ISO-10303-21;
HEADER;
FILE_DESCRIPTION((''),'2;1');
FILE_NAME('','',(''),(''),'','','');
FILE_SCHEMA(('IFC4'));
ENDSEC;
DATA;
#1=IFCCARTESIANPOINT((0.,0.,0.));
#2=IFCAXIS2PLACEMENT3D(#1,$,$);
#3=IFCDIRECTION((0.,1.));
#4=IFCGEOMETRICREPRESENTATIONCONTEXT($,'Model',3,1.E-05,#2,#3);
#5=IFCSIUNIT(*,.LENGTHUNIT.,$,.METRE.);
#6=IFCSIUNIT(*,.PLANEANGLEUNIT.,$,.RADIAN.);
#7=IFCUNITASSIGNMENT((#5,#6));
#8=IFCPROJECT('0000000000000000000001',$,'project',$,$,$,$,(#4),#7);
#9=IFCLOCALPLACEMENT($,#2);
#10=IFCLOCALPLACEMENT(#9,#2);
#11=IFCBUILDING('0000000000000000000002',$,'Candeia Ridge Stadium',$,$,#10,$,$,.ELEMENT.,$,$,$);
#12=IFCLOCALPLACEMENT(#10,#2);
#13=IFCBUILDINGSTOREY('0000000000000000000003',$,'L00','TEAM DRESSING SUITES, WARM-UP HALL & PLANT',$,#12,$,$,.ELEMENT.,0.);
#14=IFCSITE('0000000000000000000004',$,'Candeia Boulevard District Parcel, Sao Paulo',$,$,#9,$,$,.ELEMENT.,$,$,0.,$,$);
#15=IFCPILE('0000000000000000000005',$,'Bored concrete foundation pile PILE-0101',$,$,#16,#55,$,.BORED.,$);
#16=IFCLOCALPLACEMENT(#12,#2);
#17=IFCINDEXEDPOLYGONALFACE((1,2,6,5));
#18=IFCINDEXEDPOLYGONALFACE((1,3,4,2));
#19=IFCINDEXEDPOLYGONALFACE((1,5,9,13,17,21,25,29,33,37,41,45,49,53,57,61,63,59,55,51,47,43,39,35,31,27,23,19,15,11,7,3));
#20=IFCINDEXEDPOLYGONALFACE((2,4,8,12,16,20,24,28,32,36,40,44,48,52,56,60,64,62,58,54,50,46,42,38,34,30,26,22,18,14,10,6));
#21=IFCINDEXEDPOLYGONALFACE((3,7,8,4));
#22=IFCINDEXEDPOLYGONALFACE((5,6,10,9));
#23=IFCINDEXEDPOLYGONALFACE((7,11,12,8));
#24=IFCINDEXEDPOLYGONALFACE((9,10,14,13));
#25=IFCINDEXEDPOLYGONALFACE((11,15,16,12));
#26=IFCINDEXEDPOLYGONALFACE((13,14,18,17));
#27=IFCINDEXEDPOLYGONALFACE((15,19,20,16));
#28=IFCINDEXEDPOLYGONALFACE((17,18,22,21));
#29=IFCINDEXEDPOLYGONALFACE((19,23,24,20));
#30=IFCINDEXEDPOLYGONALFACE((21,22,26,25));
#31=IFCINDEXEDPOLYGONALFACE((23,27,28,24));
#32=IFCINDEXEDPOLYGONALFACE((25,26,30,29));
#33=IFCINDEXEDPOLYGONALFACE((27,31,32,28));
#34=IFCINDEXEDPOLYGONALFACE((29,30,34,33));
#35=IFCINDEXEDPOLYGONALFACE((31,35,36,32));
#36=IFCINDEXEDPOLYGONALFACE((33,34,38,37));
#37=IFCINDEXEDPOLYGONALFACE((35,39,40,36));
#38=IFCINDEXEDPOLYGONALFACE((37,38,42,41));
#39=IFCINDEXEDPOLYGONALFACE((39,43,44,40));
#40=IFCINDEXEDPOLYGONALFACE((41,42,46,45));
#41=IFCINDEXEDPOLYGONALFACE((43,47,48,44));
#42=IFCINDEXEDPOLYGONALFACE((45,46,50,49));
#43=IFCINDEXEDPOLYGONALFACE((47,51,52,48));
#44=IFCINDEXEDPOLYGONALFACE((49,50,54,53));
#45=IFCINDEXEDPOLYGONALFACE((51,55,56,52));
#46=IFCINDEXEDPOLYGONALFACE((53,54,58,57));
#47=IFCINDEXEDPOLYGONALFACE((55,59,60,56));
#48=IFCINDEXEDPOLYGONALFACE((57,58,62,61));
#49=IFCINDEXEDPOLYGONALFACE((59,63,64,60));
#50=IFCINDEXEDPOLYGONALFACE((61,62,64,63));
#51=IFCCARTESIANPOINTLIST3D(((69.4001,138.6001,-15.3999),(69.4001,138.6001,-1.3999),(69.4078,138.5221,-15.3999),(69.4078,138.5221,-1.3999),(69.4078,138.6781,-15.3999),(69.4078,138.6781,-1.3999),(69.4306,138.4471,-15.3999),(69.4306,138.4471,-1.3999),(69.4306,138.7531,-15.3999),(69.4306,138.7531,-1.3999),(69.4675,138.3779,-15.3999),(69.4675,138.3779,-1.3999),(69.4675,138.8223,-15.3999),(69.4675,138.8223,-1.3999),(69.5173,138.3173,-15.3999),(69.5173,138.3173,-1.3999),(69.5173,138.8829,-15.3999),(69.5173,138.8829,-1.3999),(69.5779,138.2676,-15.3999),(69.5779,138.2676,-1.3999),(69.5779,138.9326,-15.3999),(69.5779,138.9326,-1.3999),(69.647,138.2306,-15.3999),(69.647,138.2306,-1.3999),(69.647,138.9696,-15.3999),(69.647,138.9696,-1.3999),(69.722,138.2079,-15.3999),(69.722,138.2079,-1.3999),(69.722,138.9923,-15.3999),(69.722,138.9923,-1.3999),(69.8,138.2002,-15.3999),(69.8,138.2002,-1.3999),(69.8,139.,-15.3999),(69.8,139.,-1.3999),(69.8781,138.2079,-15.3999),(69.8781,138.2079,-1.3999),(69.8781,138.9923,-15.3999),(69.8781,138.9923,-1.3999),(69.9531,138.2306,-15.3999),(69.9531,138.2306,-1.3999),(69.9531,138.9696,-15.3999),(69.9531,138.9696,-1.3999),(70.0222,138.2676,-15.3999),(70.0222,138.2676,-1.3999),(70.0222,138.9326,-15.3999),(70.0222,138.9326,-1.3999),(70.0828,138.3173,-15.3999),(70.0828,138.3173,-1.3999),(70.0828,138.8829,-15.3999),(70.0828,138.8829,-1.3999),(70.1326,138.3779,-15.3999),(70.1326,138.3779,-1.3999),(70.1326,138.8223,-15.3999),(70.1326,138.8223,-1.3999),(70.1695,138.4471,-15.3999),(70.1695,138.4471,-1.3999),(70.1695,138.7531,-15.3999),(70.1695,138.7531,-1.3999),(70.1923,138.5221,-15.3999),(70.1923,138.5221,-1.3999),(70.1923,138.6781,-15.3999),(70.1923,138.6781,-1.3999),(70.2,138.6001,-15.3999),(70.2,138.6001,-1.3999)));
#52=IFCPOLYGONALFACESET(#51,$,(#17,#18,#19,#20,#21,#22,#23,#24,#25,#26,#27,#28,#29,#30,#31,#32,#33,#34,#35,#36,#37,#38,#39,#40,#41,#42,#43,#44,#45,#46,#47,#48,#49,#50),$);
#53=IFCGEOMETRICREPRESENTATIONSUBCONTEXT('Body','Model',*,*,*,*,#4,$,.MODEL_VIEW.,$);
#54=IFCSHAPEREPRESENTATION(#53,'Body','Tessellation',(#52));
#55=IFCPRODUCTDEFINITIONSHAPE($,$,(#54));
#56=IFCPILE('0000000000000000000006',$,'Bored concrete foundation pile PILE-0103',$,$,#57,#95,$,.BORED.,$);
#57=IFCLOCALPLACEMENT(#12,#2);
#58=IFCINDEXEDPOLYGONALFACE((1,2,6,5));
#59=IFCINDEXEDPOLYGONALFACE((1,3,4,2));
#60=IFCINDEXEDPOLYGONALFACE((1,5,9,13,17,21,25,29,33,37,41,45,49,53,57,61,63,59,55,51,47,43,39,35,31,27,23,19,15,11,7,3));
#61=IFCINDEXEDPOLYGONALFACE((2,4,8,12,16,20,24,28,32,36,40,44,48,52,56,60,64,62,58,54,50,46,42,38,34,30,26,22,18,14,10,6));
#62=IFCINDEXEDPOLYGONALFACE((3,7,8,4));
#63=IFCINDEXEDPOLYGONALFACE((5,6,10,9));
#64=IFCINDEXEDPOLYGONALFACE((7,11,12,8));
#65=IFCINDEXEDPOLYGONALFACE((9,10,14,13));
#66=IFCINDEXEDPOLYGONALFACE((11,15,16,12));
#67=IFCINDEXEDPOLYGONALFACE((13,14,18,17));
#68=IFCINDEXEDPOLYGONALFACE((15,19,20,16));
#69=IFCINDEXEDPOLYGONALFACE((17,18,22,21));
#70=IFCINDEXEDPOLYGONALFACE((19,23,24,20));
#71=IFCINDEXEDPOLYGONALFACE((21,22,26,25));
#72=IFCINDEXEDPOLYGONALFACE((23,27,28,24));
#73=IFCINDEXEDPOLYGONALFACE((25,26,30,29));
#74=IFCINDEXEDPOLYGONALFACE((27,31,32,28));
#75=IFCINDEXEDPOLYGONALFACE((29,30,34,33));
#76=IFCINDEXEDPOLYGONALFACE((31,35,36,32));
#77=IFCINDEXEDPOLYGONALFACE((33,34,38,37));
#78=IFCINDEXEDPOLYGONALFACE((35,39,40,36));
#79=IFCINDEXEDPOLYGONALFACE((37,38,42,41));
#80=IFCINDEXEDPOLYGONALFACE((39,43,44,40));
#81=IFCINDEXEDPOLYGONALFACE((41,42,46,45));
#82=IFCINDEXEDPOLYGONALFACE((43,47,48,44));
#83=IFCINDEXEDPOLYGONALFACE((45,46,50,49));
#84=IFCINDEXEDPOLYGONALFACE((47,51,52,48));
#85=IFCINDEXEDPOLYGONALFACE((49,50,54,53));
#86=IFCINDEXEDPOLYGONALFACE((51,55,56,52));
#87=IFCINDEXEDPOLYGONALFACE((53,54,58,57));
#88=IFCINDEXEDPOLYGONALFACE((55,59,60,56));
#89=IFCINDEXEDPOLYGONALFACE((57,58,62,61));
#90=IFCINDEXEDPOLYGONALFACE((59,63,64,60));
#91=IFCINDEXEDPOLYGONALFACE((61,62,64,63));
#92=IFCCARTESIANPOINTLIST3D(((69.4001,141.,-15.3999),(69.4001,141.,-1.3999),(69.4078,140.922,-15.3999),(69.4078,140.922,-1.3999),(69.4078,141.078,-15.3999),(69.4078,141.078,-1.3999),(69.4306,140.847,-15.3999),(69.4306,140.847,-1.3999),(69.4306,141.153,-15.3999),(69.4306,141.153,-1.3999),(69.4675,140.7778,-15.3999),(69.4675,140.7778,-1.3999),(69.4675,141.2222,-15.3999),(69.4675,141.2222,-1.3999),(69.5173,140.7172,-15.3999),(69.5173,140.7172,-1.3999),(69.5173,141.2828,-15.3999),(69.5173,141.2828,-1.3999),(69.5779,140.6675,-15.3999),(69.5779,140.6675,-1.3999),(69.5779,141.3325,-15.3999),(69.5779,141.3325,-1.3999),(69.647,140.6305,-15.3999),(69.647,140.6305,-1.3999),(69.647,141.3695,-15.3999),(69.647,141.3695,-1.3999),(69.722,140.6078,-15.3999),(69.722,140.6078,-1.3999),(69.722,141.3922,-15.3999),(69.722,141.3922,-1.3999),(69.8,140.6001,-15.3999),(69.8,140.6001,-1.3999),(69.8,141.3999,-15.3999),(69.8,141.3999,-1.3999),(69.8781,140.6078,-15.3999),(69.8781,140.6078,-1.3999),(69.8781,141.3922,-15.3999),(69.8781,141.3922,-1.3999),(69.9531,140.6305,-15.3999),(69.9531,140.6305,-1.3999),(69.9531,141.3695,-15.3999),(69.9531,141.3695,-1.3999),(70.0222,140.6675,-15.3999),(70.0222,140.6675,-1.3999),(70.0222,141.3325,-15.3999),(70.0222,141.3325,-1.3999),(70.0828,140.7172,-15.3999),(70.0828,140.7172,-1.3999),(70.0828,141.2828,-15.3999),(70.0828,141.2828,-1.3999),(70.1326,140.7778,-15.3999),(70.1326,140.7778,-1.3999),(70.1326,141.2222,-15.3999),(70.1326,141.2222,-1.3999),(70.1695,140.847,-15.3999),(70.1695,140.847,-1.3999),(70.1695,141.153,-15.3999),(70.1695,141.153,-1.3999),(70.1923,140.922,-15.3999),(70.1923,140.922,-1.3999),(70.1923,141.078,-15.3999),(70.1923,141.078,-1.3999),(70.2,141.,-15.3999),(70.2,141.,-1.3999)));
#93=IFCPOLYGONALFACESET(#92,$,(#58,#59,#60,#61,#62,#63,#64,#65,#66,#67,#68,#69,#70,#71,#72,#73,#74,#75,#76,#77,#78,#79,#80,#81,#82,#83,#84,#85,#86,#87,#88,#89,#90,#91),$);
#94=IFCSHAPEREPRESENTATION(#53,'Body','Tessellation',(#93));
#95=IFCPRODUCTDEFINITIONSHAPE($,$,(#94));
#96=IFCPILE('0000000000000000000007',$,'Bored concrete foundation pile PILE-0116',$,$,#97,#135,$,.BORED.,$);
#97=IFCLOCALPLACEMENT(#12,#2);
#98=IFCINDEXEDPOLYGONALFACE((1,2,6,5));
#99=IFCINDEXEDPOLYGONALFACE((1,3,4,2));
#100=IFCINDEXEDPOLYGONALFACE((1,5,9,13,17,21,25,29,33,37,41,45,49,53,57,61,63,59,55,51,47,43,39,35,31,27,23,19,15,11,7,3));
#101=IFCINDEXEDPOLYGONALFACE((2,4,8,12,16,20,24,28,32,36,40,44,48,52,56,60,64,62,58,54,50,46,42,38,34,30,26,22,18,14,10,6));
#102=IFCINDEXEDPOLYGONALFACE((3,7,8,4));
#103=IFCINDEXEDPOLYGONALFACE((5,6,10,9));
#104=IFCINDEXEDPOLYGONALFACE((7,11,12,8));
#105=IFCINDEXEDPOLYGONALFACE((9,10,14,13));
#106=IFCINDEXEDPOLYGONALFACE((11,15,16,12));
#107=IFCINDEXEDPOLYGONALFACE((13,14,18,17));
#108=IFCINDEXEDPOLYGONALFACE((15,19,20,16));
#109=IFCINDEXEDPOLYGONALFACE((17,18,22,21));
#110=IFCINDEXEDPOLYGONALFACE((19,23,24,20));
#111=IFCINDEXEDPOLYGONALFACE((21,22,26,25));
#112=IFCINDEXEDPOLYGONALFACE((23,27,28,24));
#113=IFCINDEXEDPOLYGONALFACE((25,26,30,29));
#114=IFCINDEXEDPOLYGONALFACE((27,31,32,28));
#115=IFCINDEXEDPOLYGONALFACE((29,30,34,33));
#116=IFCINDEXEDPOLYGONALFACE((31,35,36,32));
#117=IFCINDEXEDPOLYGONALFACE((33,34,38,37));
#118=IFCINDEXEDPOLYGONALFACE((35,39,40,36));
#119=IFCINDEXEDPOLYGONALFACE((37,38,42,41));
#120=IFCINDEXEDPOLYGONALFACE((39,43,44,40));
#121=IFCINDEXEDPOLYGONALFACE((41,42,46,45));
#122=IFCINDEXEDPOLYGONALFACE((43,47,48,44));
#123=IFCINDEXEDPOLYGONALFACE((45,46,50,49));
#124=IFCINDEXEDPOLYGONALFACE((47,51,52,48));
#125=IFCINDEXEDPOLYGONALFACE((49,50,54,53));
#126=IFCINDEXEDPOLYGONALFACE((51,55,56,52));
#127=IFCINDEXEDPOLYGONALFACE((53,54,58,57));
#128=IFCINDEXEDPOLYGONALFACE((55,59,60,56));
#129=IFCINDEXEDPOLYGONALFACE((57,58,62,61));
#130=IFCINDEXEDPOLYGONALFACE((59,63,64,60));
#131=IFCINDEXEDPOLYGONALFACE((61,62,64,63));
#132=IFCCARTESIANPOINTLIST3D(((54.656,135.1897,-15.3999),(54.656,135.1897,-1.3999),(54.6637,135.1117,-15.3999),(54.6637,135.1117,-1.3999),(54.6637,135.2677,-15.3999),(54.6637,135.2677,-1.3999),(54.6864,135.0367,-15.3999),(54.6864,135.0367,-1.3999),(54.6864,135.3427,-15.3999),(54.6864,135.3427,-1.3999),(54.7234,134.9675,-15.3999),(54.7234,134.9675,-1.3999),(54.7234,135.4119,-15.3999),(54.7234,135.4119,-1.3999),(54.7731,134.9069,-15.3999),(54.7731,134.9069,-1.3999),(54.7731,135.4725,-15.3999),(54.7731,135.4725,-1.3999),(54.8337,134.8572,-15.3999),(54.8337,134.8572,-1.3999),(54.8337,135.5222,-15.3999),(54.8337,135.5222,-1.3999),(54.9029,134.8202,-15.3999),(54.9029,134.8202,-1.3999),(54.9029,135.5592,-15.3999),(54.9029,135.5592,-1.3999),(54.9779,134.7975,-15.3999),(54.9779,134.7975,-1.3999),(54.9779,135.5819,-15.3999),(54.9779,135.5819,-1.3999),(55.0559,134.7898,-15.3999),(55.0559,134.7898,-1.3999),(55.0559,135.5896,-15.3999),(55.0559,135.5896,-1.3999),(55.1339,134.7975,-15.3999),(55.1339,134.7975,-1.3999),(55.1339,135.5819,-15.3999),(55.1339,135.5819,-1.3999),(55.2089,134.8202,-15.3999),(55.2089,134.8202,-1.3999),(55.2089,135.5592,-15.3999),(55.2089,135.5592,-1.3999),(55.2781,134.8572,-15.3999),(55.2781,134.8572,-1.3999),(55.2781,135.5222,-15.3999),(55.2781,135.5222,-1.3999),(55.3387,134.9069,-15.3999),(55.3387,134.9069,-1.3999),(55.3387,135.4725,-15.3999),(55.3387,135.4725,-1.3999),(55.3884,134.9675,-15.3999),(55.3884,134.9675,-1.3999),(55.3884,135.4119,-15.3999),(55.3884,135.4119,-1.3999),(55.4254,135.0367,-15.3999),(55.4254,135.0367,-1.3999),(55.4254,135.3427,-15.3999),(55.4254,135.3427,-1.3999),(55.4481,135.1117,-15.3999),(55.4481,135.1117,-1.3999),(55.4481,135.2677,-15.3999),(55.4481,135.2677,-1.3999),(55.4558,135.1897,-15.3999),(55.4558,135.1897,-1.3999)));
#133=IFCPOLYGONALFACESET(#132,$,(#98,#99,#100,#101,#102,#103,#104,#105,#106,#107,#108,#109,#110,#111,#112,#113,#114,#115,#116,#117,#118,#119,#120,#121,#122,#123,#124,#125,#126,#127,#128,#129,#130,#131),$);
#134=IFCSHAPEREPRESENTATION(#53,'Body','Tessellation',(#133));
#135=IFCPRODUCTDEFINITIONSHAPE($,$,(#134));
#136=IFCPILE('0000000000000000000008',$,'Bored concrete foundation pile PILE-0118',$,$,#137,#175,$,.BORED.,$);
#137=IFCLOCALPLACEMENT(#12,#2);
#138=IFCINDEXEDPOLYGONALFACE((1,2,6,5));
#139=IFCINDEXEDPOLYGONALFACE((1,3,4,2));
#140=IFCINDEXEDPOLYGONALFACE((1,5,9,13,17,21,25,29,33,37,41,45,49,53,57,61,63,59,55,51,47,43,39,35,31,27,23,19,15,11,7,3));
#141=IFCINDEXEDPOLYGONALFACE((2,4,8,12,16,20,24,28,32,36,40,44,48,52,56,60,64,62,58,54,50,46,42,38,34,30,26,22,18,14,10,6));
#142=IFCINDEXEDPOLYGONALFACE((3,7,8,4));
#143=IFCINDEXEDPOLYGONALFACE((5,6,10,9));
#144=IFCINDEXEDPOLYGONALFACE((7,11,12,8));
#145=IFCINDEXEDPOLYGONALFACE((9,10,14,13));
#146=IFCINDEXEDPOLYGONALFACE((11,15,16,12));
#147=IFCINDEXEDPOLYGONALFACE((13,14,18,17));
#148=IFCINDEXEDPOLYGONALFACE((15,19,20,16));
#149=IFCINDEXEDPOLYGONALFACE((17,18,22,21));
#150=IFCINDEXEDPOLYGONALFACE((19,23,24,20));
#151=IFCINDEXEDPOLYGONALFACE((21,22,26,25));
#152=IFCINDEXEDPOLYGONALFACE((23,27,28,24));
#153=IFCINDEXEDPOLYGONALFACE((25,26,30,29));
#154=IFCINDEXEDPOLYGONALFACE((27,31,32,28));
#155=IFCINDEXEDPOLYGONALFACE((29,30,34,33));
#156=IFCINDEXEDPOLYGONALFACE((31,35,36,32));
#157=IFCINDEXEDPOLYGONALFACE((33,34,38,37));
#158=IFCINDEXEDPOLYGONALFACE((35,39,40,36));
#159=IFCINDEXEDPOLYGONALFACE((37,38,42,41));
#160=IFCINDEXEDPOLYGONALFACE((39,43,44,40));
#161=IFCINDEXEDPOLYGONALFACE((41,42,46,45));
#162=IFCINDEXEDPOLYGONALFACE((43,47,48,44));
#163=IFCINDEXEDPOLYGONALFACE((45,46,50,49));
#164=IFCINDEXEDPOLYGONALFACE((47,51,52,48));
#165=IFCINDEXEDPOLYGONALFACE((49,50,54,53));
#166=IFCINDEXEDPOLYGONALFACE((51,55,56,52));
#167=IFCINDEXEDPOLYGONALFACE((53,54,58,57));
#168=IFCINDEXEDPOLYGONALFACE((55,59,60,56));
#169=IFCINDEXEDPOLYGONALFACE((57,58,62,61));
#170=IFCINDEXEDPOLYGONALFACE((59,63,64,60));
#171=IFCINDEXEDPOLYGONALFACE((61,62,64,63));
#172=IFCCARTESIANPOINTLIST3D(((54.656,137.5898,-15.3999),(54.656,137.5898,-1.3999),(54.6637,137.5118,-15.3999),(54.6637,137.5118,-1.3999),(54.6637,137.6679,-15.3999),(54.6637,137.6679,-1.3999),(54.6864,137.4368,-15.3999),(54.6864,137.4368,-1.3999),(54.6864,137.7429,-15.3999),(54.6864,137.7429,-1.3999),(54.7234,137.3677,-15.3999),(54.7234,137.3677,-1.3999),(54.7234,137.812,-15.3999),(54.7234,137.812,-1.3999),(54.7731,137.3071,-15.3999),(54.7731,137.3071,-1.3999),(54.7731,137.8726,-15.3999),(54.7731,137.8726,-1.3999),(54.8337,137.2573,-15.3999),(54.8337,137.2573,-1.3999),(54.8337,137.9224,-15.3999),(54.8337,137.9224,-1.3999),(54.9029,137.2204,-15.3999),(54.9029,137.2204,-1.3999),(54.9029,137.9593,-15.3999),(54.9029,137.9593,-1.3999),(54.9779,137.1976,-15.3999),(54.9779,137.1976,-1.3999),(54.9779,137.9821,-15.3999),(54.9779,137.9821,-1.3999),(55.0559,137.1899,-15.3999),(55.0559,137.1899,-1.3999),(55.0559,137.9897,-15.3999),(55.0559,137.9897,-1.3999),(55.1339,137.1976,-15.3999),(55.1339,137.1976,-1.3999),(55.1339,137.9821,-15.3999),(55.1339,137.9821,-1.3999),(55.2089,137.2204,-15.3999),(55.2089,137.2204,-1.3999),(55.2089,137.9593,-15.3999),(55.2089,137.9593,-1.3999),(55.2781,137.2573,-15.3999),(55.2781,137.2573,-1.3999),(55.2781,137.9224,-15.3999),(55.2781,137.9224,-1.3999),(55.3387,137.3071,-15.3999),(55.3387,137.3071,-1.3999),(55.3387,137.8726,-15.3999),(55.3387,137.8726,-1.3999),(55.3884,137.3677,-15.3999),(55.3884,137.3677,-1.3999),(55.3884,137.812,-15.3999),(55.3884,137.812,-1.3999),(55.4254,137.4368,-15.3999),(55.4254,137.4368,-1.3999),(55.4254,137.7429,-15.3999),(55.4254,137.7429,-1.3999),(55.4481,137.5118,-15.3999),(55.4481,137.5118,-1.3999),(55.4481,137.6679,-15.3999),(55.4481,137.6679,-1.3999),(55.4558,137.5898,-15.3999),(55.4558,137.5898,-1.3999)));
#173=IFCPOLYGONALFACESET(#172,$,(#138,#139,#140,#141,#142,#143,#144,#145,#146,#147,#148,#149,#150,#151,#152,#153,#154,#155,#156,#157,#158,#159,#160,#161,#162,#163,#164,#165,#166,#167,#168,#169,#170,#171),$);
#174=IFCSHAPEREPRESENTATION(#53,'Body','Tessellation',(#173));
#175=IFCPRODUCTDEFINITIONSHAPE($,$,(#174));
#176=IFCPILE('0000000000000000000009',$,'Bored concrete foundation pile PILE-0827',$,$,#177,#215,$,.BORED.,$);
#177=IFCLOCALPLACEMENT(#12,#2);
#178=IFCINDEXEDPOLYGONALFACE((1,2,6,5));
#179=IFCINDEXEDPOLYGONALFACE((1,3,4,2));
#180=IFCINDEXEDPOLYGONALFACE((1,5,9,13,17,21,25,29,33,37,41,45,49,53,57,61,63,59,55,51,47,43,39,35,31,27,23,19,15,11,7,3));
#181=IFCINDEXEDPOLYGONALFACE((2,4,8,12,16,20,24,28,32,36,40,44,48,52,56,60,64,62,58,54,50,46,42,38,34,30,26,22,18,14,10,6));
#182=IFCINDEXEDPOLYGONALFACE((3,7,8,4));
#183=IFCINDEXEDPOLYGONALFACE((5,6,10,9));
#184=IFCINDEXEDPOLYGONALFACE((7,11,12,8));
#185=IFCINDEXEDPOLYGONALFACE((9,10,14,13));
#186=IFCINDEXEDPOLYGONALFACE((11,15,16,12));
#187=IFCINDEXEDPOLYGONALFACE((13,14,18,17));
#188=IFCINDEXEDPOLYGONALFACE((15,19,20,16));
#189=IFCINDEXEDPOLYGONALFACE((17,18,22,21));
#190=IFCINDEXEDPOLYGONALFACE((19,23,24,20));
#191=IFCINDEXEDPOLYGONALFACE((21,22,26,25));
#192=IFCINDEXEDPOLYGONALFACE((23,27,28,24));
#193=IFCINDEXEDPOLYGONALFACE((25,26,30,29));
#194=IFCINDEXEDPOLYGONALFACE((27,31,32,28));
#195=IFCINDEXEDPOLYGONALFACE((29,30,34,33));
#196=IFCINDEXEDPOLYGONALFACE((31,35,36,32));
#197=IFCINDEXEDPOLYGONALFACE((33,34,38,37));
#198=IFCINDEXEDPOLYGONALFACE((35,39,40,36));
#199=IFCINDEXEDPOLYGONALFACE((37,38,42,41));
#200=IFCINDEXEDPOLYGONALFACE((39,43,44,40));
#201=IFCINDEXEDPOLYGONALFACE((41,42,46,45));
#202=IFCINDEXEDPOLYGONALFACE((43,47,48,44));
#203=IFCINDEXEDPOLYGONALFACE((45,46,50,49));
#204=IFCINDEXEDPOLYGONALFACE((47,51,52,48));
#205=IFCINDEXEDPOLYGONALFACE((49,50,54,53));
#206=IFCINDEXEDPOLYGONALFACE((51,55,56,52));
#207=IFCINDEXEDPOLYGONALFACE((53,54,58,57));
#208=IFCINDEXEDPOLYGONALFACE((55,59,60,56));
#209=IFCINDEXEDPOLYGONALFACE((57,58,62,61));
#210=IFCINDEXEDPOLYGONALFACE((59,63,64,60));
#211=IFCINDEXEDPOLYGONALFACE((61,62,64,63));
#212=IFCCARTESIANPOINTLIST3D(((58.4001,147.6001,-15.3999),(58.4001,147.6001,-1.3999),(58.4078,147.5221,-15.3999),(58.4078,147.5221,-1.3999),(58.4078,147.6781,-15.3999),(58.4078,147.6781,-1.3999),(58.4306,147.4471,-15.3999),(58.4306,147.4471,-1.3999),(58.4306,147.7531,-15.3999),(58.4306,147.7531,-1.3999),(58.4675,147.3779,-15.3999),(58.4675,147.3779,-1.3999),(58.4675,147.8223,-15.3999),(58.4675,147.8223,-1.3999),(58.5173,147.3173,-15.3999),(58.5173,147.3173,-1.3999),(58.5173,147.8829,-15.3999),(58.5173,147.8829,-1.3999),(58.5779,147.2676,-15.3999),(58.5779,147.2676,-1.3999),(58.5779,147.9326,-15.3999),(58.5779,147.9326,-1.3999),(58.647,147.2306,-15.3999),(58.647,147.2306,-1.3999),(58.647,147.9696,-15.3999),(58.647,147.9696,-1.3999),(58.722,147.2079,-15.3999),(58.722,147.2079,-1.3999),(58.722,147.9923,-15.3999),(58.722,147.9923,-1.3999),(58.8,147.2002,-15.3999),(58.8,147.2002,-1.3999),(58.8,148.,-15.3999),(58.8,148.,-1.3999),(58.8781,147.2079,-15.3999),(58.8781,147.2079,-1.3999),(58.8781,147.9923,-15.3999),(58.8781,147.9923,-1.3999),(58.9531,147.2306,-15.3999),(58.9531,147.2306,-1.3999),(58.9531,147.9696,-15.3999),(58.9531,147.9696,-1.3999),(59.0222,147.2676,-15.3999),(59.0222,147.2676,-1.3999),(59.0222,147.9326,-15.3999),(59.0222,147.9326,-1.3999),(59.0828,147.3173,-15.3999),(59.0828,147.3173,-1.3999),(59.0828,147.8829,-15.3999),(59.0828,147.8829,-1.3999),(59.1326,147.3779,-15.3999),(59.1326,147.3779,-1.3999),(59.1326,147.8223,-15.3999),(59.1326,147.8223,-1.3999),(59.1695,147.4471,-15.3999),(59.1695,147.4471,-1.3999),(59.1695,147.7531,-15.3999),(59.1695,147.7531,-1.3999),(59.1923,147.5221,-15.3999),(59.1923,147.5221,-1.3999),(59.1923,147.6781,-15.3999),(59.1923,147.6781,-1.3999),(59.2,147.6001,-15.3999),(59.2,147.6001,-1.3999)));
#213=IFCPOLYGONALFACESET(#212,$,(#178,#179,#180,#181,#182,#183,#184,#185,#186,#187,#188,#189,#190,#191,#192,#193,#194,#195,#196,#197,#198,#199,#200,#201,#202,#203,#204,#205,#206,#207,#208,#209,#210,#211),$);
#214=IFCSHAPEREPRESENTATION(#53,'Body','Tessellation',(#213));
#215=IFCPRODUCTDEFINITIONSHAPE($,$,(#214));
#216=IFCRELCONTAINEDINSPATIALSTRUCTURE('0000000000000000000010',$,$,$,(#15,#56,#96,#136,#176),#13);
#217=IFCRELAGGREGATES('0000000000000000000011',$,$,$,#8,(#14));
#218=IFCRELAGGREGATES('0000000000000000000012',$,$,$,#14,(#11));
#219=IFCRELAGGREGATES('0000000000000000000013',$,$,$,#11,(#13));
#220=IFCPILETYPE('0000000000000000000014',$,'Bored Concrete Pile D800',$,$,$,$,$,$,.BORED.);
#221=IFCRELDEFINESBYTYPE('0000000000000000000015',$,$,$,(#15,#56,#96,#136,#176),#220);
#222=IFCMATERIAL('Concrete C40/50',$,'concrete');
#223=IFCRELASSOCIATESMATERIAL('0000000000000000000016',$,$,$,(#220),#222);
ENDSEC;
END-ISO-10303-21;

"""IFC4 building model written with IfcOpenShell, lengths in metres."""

from ifc_helpers import new_model, si_unit, direction, frame, origin, origin_2d, place, context, subcontext, project, spatial, circle, extrude, material, material_profile, profile_set, type_object, element, save


model = new_model("IFC4")

# Units and contexts
model_context = context("Model", 3, precision=1e-05, world=origin(), true_north=direction((0.0, 1.0)))
body_context = subcontext(model_context, "Body", "Model", "MODEL_VIEW")
ifc_project = project(units=[si_unit("LENGTHUNIT", "METRE"), si_unit("PLANEANGLEUNIT", "RADIAN")], contexts=[model_context])

# Site, building, storey
site_placement = place(None, origin())
site = spatial("IfcSite", under=ifc_project, at=site_placement, Name="Candeia Boulevard District Parcel, Sao Paulo", CompositionType="ELEMENT", RefElevation=0.0)
building_placement = place(site_placement, origin())
building = spatial("IfcBuilding", under=site, at=building_placement, Name="Candeia Ridge Stadium", CompositionType="ELEMENT")
storey_placement = place(building_placement, origin())
storey = spatial("IfcBuildingStorey", under=building, at=storey_placement, Name="L00", Description="TEAM DRESSING SUITES, WARM-UP HALL & PLANT", CompositionType="ELEMENT", Elevation=0.0)

# Piles
ifc_material_1 = material(Name="Concrete C40/50", Category="concrete")
ifc_material_profile_1 = material_profile(ifc_material_1, circle(Radius=0.3999, at=origin_2d()), Name="PILE-D800", Category="concrete")
ifc_profile_set_1 = profile_set([ifc_material_profile_1], Name="Concrete C40/50")
pile_type_1 = type_object("IfcPileType", Name="Bored Concrete Pile D800", PredefinedType="BORED", material=ifc_profile_set_1)
for number, where, z_axis, x_axis, name in (
    (1, (69.8, 138.6001, -1.3999), (0.0, 0.0, -1.0), (1.0, 0.0, 0.0), "Bored concrete foundation pile PILE-0101"),
    (2, (69.8, 141.0, -1.3999), (0.0, 0.0, -1.0), (1.0, 0.0, 0.0), "Bored concrete foundation pile PILE-0103"),
    (3, (55.0559, 135.1897, -1.3999), (0.0, 0.0, -1.0), (1.0, 0.0, 0.0), "Bored concrete foundation pile PILE-0116"),
    (4, (55.0559, 137.5898, -1.3999), (0.0, 0.0, -1.0), (1.0, 0.0, 0.0), "Bored concrete foundation pile PILE-0118"),
    (5, (58.8, 147.6001, -1.3999), (0.0, 0.0, -1.0), (1.0, 0.0, 0.0), "Bored concrete foundation pile PILE-0827"),
):
    element("IfcPile", number, at=place(storey_placement, frame(where, z_axis=z_axis, x_axis=x_axis)), inside=storey, type_object=pile_type_1, Name=name, PredefinedType="BORED", context=body_context, shape_type="SweptSolid", body=[
        extrude(circle(Radius=0.3999, at=origin_2d()), origin(), (0.0, 0.0, 1.0), 14.0),
    ])

save(model, "model.ifc")
